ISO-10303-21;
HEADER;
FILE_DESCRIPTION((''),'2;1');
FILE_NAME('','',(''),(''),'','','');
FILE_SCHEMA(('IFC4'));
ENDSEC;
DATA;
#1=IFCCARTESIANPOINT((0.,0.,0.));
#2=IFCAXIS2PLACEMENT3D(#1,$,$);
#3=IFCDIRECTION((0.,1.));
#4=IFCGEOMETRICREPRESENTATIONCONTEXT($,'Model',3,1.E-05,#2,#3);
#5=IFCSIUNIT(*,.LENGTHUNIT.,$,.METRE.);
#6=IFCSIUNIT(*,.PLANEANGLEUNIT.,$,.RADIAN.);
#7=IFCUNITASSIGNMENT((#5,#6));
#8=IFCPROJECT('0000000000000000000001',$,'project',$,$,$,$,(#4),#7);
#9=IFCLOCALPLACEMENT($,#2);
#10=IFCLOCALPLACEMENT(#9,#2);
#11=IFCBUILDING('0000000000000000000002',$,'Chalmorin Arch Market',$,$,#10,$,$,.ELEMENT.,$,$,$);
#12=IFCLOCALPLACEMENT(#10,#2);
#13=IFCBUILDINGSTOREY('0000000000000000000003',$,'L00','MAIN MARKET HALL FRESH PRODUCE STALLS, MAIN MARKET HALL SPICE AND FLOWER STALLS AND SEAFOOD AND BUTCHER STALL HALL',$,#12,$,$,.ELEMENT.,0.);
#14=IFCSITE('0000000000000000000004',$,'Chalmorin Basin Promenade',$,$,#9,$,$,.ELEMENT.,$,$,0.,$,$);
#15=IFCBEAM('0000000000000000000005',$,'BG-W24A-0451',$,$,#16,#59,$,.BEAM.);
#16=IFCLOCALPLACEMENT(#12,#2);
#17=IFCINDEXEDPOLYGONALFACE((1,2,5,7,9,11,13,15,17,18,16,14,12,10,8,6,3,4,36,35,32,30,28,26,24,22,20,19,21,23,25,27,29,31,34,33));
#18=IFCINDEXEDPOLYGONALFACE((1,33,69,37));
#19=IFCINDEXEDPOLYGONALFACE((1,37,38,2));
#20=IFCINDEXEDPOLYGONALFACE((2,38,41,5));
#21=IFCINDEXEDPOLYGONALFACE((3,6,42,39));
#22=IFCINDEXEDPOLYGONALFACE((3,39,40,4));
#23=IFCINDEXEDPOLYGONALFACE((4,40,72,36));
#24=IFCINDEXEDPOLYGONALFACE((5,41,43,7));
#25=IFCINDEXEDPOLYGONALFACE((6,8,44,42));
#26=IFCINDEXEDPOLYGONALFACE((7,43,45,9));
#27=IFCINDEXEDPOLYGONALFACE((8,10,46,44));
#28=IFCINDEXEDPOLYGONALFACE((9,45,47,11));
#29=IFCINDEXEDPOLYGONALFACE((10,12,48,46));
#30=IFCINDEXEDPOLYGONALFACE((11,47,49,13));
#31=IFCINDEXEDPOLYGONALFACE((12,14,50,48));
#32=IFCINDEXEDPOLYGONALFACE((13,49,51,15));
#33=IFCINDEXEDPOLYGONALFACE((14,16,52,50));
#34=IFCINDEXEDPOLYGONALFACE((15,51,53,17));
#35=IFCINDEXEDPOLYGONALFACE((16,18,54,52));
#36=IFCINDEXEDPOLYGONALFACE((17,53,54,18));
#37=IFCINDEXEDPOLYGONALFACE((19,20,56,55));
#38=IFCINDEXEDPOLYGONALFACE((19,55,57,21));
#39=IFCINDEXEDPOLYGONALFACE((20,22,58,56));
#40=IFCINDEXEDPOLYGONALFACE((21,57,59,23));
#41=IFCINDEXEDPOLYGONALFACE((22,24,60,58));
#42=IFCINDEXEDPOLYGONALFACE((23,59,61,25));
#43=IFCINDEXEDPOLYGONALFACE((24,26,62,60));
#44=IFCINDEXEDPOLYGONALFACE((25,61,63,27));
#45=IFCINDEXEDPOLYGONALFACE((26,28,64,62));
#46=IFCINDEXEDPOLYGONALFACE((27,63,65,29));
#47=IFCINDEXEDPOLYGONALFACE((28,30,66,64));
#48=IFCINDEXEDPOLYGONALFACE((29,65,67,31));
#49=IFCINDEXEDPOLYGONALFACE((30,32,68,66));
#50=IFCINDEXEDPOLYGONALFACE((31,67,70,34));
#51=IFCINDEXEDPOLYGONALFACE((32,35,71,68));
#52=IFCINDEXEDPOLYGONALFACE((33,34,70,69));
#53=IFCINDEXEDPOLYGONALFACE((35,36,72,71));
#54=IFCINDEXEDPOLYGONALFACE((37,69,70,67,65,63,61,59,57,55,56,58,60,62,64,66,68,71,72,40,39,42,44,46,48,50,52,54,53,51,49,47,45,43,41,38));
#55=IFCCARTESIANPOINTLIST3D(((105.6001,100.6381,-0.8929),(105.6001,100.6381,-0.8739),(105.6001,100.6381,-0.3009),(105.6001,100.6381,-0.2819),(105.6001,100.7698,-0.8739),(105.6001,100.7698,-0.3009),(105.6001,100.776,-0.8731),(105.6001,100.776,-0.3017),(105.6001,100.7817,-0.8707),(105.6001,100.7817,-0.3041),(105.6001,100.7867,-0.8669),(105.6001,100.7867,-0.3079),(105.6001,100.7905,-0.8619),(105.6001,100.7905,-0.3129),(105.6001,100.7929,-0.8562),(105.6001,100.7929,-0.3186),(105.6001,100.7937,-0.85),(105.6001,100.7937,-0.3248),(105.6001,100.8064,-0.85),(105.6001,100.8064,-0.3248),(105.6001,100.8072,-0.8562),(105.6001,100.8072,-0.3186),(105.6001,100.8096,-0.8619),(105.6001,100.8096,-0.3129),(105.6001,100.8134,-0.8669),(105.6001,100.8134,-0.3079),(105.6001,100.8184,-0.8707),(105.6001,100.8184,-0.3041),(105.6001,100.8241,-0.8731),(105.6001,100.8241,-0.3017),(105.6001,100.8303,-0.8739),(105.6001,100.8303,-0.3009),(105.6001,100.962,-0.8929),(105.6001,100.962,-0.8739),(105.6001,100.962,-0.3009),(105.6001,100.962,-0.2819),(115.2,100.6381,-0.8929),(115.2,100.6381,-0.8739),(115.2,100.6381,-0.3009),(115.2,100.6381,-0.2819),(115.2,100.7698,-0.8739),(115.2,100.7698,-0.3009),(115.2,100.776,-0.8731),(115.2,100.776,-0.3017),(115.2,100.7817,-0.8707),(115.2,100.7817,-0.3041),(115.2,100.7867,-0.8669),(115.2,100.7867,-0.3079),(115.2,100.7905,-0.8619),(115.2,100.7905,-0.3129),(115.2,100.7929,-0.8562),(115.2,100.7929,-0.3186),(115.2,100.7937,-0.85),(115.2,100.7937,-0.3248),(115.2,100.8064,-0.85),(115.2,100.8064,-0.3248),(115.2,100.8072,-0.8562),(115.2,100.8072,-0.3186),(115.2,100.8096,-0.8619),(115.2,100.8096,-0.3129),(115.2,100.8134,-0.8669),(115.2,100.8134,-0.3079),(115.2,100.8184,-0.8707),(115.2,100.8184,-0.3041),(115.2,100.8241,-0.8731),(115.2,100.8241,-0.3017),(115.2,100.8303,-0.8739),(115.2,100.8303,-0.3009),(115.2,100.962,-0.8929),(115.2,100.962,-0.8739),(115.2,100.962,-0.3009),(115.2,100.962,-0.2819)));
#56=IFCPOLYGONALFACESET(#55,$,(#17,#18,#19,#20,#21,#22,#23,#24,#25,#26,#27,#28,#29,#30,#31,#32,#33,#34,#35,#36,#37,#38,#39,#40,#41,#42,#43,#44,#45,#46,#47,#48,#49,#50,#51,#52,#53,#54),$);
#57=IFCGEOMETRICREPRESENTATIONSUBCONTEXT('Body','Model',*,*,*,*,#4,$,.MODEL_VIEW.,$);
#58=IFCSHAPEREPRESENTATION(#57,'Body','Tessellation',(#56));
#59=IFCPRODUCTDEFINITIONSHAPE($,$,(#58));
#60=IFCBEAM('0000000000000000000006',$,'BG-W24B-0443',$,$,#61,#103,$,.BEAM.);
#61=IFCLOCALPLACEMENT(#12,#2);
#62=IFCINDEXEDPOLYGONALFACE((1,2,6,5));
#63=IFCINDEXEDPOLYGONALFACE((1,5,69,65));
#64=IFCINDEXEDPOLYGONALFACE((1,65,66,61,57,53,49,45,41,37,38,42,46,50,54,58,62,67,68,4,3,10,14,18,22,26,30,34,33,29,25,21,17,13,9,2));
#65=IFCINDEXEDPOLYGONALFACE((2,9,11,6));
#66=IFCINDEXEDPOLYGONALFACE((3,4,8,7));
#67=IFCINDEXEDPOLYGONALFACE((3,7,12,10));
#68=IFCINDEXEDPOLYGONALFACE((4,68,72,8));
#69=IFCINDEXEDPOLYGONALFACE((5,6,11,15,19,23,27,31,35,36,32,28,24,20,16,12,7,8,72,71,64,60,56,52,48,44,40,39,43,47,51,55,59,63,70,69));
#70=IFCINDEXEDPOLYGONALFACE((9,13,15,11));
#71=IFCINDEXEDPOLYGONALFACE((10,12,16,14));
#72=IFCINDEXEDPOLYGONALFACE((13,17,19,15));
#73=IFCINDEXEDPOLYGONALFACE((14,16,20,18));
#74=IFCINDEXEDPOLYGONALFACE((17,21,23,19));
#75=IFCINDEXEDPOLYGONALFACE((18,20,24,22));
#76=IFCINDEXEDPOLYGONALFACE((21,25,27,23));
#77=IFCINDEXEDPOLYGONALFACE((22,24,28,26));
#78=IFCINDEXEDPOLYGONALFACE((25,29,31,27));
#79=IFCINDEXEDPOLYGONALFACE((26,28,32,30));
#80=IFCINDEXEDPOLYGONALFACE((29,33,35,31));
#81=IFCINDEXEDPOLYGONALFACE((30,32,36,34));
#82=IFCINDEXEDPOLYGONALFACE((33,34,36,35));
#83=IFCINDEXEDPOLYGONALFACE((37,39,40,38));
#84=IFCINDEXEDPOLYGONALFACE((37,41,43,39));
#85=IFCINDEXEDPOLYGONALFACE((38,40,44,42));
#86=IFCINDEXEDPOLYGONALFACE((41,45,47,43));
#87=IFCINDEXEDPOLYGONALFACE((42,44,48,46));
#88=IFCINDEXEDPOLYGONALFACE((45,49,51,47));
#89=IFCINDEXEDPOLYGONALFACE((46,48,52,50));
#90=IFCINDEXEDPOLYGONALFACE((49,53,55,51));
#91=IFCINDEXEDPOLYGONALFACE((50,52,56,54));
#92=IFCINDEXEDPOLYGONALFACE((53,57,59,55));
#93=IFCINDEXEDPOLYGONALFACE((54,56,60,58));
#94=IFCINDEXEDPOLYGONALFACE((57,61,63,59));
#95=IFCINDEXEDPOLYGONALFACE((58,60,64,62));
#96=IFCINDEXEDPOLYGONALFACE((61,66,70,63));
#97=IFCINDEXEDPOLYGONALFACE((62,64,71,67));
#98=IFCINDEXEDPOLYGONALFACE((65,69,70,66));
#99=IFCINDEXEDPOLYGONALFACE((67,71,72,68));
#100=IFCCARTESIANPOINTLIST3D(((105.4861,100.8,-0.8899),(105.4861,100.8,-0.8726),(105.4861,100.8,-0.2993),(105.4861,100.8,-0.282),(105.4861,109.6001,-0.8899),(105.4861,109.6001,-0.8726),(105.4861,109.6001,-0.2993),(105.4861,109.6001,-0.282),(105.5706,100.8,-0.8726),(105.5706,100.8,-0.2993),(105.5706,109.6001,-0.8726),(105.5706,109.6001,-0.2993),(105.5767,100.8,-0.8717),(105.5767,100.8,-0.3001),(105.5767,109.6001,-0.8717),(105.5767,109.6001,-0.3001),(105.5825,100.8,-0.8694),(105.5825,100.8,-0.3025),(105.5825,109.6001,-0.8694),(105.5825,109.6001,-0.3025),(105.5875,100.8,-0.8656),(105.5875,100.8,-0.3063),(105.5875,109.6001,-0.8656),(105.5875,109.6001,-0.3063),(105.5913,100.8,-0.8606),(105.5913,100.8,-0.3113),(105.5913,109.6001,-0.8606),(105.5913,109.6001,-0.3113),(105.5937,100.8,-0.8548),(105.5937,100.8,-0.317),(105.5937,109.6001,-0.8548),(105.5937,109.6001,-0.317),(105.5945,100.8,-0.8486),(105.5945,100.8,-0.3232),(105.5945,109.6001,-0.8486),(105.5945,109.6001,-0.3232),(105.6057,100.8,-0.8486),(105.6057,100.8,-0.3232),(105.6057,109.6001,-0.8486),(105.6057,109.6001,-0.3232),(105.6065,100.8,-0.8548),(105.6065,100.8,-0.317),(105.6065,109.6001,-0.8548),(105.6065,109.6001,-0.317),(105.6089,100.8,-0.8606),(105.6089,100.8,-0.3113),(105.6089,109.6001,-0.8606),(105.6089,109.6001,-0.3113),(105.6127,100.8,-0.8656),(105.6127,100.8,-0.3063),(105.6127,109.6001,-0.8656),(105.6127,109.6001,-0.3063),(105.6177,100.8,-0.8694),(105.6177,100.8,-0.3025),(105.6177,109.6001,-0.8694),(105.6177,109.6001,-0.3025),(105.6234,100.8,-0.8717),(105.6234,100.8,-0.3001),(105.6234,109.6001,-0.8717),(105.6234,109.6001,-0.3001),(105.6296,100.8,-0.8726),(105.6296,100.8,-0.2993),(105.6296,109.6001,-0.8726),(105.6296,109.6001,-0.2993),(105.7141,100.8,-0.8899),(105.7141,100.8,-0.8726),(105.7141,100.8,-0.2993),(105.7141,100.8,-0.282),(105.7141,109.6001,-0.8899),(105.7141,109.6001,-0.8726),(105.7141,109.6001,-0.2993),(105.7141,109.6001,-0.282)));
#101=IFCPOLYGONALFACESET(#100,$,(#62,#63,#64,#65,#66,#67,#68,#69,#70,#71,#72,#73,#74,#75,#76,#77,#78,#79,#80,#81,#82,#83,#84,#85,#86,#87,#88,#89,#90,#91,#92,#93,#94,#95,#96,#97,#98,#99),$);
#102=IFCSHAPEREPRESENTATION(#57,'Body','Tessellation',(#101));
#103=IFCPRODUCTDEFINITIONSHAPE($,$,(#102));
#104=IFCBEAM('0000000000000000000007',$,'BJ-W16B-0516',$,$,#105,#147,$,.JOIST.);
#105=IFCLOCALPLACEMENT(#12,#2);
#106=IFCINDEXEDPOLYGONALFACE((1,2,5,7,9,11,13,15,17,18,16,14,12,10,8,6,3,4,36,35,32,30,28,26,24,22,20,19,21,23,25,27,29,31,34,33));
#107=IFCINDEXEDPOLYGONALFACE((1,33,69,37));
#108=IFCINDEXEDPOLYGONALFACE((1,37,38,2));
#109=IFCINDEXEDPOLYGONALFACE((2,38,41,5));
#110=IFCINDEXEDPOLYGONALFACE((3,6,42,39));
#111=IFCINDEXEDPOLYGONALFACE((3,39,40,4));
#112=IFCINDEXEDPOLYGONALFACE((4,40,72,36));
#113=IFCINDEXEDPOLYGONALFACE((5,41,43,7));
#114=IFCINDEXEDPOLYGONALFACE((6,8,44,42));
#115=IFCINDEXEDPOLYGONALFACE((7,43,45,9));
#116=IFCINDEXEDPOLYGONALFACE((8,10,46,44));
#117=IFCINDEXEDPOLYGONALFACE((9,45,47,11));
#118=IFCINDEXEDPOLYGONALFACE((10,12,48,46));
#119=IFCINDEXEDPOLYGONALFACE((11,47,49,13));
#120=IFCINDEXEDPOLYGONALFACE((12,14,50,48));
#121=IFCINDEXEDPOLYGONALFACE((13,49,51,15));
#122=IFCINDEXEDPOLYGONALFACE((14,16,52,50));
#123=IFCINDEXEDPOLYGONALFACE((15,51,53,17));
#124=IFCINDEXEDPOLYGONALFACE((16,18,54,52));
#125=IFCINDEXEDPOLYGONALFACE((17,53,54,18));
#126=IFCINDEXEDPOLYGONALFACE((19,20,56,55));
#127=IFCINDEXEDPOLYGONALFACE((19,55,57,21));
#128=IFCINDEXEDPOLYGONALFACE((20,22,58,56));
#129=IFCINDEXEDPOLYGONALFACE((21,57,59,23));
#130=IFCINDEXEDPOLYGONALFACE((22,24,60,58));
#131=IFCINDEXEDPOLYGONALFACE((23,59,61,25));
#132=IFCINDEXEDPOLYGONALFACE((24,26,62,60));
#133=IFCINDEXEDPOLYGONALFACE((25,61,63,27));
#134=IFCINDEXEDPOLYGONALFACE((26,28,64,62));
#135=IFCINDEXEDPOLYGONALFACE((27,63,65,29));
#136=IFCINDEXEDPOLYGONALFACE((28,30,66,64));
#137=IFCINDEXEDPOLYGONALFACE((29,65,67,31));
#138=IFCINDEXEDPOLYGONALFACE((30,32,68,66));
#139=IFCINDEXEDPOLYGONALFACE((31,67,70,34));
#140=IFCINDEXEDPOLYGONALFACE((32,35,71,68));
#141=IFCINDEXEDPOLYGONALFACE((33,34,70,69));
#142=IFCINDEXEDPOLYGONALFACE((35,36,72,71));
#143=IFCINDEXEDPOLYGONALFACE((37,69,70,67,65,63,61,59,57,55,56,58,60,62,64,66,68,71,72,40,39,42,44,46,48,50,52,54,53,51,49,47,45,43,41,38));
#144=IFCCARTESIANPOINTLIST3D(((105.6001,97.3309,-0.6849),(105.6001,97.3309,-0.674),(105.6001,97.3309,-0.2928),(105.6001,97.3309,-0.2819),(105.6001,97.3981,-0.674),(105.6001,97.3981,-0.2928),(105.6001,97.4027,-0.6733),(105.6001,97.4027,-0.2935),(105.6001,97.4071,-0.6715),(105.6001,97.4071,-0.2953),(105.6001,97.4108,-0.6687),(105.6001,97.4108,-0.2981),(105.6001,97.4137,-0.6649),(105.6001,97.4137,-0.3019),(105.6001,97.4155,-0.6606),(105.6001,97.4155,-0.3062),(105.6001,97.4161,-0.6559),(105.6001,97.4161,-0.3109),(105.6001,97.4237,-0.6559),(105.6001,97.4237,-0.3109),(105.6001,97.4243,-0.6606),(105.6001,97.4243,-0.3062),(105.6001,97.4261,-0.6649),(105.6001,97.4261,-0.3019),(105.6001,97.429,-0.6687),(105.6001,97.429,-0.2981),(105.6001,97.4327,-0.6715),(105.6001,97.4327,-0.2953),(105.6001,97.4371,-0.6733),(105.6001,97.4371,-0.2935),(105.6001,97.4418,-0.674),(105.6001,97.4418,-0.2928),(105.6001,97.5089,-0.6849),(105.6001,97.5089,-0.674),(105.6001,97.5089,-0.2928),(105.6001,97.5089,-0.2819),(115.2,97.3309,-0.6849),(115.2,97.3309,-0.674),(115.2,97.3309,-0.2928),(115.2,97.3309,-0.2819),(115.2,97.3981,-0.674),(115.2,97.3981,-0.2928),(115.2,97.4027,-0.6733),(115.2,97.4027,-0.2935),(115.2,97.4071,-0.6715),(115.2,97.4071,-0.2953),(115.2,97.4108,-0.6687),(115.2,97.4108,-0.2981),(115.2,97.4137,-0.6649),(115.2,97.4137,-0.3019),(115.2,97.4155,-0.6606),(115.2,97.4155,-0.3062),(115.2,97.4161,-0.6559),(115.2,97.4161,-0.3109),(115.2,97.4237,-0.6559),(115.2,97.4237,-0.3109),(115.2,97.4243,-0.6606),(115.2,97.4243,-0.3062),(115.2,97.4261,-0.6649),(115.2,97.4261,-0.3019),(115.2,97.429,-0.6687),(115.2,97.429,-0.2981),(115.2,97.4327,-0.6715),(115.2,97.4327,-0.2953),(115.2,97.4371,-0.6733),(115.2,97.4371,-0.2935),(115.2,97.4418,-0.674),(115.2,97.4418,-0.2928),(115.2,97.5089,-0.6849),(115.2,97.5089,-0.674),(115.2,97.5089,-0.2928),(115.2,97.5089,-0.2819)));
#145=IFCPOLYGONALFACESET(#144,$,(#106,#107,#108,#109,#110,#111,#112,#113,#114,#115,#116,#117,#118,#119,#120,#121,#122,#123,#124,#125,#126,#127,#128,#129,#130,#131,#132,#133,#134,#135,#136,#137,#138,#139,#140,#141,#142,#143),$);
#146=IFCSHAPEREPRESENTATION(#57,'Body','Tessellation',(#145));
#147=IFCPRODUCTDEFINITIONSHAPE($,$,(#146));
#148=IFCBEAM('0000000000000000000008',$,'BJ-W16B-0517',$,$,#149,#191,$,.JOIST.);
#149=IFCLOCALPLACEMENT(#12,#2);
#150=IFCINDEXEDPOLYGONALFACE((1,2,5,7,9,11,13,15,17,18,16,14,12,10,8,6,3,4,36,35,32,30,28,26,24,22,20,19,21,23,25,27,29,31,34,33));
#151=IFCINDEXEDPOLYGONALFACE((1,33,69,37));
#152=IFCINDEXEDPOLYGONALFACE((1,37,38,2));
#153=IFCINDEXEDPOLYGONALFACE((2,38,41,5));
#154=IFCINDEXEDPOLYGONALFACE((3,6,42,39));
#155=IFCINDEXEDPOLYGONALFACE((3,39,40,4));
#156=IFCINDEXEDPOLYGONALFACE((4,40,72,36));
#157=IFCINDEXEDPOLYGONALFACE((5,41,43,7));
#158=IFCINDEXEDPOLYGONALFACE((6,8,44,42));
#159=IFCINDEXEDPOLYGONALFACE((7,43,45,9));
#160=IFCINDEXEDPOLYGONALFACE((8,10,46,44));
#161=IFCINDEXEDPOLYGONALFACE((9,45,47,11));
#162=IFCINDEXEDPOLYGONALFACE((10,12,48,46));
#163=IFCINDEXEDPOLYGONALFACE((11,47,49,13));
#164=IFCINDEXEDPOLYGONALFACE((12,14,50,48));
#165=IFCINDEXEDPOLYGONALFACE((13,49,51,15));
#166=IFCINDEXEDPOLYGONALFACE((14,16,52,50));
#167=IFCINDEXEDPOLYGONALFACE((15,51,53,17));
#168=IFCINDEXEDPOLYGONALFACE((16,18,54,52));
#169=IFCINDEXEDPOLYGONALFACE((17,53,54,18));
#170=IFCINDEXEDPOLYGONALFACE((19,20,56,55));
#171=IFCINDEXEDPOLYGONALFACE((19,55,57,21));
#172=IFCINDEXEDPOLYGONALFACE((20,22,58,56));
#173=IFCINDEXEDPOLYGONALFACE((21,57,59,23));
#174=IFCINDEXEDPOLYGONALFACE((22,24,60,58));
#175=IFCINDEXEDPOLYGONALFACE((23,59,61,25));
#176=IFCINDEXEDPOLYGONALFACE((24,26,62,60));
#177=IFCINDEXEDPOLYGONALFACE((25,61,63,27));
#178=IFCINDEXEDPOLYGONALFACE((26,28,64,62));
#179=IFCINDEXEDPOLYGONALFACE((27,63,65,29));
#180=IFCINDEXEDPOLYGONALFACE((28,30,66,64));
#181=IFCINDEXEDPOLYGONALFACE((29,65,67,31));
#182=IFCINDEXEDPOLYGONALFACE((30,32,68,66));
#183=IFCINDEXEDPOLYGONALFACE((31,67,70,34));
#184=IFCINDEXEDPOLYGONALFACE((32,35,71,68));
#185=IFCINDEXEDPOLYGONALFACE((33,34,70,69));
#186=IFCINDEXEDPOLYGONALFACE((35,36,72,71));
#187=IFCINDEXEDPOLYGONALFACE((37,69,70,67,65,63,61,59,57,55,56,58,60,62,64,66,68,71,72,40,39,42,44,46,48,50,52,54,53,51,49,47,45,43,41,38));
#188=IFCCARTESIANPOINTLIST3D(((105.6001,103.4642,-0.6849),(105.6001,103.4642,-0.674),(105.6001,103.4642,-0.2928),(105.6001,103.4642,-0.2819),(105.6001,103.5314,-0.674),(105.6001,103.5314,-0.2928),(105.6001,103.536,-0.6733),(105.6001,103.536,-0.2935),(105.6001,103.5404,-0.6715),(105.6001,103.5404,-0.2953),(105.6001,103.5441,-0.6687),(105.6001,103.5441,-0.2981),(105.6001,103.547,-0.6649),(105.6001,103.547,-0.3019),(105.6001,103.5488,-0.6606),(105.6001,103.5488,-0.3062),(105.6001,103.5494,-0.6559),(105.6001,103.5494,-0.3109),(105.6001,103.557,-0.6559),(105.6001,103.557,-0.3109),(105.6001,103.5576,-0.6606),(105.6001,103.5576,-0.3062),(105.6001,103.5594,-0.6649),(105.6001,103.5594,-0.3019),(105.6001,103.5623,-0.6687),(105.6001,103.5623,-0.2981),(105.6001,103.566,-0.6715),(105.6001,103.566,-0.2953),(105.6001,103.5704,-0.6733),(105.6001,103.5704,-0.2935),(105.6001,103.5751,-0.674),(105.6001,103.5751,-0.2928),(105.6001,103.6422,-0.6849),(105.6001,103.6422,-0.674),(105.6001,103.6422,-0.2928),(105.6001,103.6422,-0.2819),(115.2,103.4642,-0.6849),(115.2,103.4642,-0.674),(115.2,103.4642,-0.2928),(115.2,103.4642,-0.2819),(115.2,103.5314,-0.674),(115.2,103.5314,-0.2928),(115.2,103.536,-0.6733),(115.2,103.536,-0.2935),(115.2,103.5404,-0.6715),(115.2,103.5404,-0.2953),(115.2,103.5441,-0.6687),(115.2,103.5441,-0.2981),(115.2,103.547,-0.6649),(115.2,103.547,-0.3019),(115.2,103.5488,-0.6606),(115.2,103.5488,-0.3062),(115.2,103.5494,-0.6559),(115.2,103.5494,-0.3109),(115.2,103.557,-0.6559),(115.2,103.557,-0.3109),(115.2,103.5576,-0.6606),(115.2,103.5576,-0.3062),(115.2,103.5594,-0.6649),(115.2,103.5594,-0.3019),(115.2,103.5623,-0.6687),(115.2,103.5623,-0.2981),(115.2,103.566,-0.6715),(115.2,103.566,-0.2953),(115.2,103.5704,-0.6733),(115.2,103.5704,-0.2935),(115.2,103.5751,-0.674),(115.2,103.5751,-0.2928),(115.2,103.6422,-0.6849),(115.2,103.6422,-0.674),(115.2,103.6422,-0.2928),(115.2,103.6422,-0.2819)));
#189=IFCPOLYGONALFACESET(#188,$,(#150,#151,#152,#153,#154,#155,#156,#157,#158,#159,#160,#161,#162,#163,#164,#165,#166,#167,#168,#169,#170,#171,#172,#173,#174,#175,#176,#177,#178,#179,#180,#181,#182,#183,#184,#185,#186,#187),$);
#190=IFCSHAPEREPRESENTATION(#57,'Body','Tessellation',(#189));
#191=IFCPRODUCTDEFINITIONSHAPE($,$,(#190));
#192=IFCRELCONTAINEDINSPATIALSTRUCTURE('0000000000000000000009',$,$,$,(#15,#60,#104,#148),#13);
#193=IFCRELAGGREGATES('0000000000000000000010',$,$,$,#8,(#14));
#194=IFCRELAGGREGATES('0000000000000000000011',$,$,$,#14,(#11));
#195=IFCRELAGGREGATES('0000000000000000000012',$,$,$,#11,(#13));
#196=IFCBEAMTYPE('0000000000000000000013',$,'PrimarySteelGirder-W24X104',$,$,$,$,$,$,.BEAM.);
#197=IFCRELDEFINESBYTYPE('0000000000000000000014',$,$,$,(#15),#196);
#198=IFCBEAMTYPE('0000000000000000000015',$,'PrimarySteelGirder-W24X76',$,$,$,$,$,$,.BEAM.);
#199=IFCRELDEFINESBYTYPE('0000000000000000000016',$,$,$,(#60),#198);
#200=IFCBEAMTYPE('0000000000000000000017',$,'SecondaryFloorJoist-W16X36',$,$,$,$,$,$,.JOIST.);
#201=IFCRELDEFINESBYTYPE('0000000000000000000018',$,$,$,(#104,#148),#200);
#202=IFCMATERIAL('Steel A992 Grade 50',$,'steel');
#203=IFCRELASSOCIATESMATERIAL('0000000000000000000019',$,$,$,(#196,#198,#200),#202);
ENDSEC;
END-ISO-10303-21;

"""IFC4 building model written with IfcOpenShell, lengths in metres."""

from ifc_helpers import new_model, si_unit, direction, frame, origin, origin_2d, place, context, subcontext, project, spatial, i_section, extrude, material, material_profile, profile_set, type_object, element, save


model = new_model("IFC4")

# Units and contexts
model_context = context("Model", 3, precision=1e-05, world=origin(), true_north=direction((0.0, 1.0)))
body_context = subcontext(model_context, "Body", "Model", "MODEL_VIEW")
ifc_project = project(units=[si_unit("LENGTHUNIT", "METRE"), si_unit("PLANEANGLEUNIT", "RADIAN")], contexts=[model_context])

# Site, building, storey
site_placement = place(None, origin())
site = spatial("IfcSite", under=ifc_project, at=site_placement, Name="Chalmorin Basin Promenade", CompositionType="ELEMENT", RefElevation=0.0)
building_placement = place(site_placement, origin())
building = spatial("IfcBuilding", under=site, at=building_placement, Name="Chalmorin Arch Market", CompositionType="ELEMENT")
storey_placement = place(building_placement, origin())
storey = spatial("IfcBuildingStorey", under=building, at=storey_placement, Name="L00", Description="MAIN MARKET HALL FRESH PRODUCE STALLS, MAIN MARKET HALL SPICE AND FLOWER STALLS AND SEAFOOD AND BUTCHER STALL HALL", CompositionType="ELEMENT", Elevation=0.0)

# Beams
ifc_material_1 = material(Name="Steel A992 Grade 50", Category="steel")
ifc_material_profile_1 = material_profile(ifc_material_1, i_section(OverallWidth=0.324, OverallDepth=0.6111, WebThickness=0.0127, FlangeThickness=0.019, FilletRadius=0.0239, at=origin_2d()), Name="W24X104")
ifc_profile_set_1 = profile_set([ifc_material_profile_1], Name="Steel A992 Grade 50")
beam_type_1 = type_object("IfcBeamType", Name="PrimarySteelGirder-W24X104", PredefinedType="BEAM", material=ifc_profile_set_1)
beam_1_placement = place(storey_placement, frame((105.6001, 100.8, -0.5874), z_axis=(1.0, 0.0, 0.0), x_axis=(0.0, 1.0, 0.0)))
element("IfcBeam", 1, at=beam_1_placement, inside=storey, type_object=beam_type_1, Name="BG-W24A-0451", PredefinedType="BEAM", context=body_context, shape_type="SweptSolid", body=[
    extrude(i_section(OverallWidth=0.324, OverallDepth=0.6111, WebThickness=0.0127, FlangeThickness=0.019, FilletRadius=0.0239, at=origin_2d()), origin(), (0.0, 0.0, 1.0), 9.5999),
])
ifc_material_profile_2 = material_profile(ifc_material_1, i_section(OverallWidth=0.228, OverallDepth=0.6079, WebThickness=0.0112, FlangeThickness=0.0173, FilletRadius=0.0239, at=origin_2d()), Name="W24X76")
ifc_profile_set_2 = profile_set([ifc_material_profile_2], Name="Steel A992 Grade 50")
beam_type_2 = type_object("IfcBeamType", Name="PrimarySteelGirder-W24X76", PredefinedType="BEAM", material=ifc_profile_set_2)
beam_2_placement = place(storey_placement, frame((105.6001, 100.8, -0.5859), z_axis=(0.0, 1.0, 0.0), x_axis=(-1.0, 0.0, 0.0)))
element("IfcBeam", 2, at=beam_2_placement, inside=storey, type_object=beam_type_2, Name="BG-W24B-0443", PredefinedType="BEAM", context=body_context, shape_type="SweptSolid", body=[
    extrude(i_section(OverallWidth=0.228, OverallDepth=0.6079, WebThickness=0.0112, FlangeThickness=0.0173, FilletRadius=0.0239, at=origin_2d()), origin(), (0.0, 0.0, 1.0), 8.8),
])
ifc_material_profile_3 = material_profile(ifc_material_1, i_section(OverallWidth=0.178, OverallDepth=0.4031, WebThickness=0.0076, FlangeThickness=0.011, FilletRadius=0.0181, at=origin_2d()), Name="W16X36")
ifc_profile_set_3 = profile_set([ifc_material_profile_3], Name="Steel A992 Grade 50")
beam_type_3 = type_object("IfcBeamType", Name="SecondaryFloorJoist-W16X36", PredefinedType="JOIST", material=ifc_profile_set_3)
for number, where, z_axis, x_axis, name in (
    (3, (105.6001, 97.4199, -0.4834), (1.0, 0.0, 0.0), (0.0, 1.0, 0.0), "BJ-W16B-0516"),
    (4, (105.6001, 103.5532, -0.4834), (1.0, 0.0, 0.0), (0.0, 1.0, 0.0), "BJ-W16B-0517"),
):
    element("IfcBeam", number, at=place(storey_placement, frame(where, z_axis=z_axis, x_axis=x_axis)), inside=storey, type_object=beam_type_3, Name=name, PredefinedType="JOIST", context=body_context, shape_type="SweptSolid", body=[
        extrude(i_section(OverallWidth=0.178, OverallDepth=0.4031, WebThickness=0.0076, FlangeThickness=0.011, FilletRadius=0.0181, at=origin_2d()), origin(), (0.0, 0.0, 1.0), 9.5999),
    ])

save(model, "model.ifc")
